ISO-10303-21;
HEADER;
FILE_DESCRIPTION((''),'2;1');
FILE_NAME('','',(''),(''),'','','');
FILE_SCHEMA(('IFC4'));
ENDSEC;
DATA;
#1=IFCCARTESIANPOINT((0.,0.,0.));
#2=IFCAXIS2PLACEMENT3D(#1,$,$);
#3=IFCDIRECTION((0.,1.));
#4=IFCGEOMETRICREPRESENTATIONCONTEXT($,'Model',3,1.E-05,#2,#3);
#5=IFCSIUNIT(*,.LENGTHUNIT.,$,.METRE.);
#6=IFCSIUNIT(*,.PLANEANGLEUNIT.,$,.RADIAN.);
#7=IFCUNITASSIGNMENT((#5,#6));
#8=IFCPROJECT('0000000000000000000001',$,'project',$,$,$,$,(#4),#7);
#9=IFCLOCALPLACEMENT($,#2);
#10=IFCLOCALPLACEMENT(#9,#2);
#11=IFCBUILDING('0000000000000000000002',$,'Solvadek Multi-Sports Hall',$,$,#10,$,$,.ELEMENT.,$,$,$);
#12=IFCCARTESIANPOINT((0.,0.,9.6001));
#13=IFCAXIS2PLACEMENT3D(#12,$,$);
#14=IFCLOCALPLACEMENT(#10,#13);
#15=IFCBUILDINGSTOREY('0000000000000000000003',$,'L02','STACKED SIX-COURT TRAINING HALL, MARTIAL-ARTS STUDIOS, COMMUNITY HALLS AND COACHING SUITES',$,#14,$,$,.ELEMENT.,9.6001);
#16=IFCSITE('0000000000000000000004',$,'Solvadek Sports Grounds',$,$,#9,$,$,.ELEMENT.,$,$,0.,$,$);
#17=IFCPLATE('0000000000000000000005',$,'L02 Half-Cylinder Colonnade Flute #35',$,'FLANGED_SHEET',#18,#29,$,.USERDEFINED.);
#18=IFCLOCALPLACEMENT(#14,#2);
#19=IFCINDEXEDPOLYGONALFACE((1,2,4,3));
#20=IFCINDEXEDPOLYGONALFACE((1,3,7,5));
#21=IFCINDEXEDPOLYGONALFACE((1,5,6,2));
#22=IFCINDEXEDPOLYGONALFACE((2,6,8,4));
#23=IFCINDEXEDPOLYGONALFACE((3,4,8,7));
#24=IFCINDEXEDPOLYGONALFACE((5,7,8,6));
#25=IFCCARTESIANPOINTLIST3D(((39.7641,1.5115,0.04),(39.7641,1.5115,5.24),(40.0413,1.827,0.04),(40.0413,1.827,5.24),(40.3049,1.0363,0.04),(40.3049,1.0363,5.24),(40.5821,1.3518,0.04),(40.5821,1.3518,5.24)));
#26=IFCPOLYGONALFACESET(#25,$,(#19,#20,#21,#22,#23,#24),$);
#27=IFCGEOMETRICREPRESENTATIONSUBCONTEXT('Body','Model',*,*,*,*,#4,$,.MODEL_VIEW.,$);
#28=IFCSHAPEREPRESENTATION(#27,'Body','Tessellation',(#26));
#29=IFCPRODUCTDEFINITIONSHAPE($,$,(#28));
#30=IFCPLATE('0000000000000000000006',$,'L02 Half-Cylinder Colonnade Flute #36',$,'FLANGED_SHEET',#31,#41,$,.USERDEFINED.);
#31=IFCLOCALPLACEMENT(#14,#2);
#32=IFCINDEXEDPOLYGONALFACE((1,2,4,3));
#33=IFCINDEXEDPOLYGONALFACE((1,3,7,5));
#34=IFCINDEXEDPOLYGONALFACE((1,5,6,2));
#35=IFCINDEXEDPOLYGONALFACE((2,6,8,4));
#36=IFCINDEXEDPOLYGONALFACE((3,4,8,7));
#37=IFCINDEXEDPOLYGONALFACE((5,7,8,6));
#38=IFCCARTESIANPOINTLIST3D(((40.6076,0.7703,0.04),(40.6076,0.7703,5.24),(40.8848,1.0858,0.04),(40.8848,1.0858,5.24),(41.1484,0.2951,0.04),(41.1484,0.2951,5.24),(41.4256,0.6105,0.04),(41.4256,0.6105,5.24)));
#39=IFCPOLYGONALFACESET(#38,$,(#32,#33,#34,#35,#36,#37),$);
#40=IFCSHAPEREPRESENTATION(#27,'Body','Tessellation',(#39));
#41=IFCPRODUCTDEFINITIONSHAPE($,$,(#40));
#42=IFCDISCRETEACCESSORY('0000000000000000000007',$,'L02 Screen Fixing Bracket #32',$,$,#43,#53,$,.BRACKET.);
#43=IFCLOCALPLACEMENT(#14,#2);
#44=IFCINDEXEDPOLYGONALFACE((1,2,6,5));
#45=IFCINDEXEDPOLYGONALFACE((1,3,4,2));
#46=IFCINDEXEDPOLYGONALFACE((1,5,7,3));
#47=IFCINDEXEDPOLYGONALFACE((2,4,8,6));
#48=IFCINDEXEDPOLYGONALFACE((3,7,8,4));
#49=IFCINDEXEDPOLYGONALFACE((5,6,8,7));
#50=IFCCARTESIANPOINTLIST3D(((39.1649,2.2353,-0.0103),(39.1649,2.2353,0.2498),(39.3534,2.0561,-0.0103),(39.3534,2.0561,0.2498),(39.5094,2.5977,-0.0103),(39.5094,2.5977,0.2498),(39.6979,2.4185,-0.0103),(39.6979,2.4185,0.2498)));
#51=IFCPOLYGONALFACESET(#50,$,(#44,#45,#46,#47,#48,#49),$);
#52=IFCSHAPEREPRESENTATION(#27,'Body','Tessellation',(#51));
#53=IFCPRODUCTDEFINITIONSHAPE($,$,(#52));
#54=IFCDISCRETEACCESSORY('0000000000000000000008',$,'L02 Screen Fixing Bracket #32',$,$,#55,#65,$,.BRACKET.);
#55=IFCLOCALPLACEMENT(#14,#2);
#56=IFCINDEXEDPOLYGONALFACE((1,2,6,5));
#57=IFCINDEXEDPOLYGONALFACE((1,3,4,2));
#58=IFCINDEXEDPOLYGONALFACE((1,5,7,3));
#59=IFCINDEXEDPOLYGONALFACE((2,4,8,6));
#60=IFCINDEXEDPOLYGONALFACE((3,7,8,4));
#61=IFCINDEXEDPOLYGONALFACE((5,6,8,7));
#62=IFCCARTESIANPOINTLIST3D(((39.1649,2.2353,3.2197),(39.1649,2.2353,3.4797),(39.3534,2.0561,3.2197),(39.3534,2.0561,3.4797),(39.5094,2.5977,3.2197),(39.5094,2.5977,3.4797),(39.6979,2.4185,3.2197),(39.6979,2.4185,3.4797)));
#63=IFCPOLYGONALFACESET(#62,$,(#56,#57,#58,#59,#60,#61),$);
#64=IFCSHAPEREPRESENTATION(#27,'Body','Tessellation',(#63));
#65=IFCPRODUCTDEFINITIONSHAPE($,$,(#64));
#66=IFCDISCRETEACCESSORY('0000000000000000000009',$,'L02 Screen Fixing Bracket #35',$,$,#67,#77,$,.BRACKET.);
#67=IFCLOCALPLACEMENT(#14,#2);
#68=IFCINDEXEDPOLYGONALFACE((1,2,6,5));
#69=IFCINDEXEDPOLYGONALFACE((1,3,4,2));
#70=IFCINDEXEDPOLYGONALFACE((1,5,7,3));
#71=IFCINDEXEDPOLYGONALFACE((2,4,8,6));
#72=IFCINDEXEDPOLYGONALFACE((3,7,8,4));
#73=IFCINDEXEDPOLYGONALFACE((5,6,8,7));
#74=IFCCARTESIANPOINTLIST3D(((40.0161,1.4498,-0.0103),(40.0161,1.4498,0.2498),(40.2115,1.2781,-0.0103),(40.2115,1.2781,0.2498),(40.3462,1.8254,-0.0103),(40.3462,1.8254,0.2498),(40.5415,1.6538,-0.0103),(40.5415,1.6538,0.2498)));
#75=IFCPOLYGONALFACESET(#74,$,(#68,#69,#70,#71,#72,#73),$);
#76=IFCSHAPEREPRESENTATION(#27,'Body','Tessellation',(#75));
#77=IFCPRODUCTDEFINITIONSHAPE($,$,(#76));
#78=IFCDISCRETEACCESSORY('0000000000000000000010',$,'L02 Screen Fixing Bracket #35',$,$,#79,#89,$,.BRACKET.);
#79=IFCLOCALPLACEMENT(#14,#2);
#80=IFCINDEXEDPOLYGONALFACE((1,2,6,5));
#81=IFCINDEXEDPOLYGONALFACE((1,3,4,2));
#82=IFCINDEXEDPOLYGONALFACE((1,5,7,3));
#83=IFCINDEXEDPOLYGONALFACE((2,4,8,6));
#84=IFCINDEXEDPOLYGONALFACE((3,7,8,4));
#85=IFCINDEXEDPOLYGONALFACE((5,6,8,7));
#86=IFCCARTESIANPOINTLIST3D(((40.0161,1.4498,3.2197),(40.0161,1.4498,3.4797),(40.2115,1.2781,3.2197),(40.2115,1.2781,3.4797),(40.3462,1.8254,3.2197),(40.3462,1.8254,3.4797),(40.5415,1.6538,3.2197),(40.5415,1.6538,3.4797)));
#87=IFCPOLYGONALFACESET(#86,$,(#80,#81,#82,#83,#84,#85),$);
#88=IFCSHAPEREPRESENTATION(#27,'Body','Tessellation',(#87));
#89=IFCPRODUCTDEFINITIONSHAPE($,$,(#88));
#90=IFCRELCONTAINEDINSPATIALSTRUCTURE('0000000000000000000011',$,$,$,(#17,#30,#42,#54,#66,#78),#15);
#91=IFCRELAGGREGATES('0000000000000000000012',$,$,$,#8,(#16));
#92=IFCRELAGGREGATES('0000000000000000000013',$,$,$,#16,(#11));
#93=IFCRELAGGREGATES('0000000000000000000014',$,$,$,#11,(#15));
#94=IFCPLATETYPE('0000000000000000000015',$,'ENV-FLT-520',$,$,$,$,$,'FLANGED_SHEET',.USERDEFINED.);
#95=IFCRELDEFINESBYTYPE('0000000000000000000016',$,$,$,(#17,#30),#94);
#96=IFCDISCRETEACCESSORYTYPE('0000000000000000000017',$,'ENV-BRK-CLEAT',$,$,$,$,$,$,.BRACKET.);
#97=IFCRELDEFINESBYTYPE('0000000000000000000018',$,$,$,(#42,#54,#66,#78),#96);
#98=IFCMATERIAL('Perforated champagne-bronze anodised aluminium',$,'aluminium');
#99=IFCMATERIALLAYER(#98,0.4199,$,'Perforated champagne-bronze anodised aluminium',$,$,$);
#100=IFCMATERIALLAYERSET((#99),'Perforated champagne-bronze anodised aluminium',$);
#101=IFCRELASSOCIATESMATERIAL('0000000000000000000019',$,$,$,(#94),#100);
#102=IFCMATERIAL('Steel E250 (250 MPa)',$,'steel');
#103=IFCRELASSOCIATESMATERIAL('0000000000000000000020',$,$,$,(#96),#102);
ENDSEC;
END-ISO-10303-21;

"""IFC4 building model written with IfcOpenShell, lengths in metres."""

from ifc_helpers import new_model, si_unit, direction, frame, origin, origin_2d, place, context, subcontext, project, spatial, rectangle, extrude, material, layer, layer_set, type_object, element, save


model = new_model("IFC4")

# Units and contexts
model_context = context("Model", 3, precision=1e-05, world=origin(), true_north=direction((0.0, 1.0)))
body_context = subcontext(model_context, "Body", "Model", "MODEL_VIEW")
ifc_project = project(units=[si_unit("LENGTHUNIT", "METRE"), si_unit("PLANEANGLEUNIT", "RADIAN")], contexts=[model_context])

# Site, building, storey
site_placement = place(None, origin())
site = spatial("IfcSite", under=ifc_project, at=site_placement, Name="Solvadek Sports Grounds", CompositionType="ELEMENT", RefElevation=0.0)
building_placement = place(site_placement, origin())
building = spatial("IfcBuilding", under=site, at=building_placement, Name="Solvadek Multi-Sports Hall", CompositionType="ELEMENT")
storey_placement = place(building_placement, frame((0.0, 0.0, 9.6001)))
storey = spatial("IfcBuildingStorey", under=building, at=storey_placement, Name="L02", Description="STACKED SIX-COURT TRAINING HALL, MARTIAL-ARTS STUDIOS, COMMUNITY HALLS AND COACHING SUITES", CompositionType="ELEMENT", Elevation=9.6001)

# Plates
ifc_material_1 = material(Name="Perforated champagne-bronze anodised aluminium", Category="aluminium")
ifc_layer_1 = layer(ifc_material_1, 0.4199, Name="Perforated champagne-bronze anodised aluminium")
ifc_layer_set_1 = layer_set([ifc_layer_1], Name="Perforated champagne-bronze anodised aluminium")
plate_type_1 = type_object("IfcPlateType", Name="ENV-FLT-520", ElementType="FLANGED_SHEET", PredefinedType="USERDEFINED", material=ifc_layer_set_1)
for number, where, z_axis, x_axis, name in (
    (1, (40.1731, 1.4316, 0.04), (0.0, 0.0, 1.0), (0.751215, -0.660057, 0.0), "L02 Half-Cylinder Colonnade Flute #35"),
    (2, (41.0166, 0.6904, 0.04), (0.0, 0.0, 1.0), (0.751215, -0.660057, 0.0), "L02 Half-Cylinder Colonnade Flute #36"),
):
    element("IfcPlate", number, at=place(storey_placement, frame(where, z_axis=z_axis, x_axis=x_axis)), inside=storey, type_object=plate_type_1, Name=name, ObjectType="FLANGED_SHEET", PredefinedType="USERDEFINED", context=body_context, shape_type="SweptSolid", body=[
        extrude(rectangle(XDim=0.72, YDim=0.4199, at=origin_2d()), origin(), (0.0, 0.0, 1.0), 5.2),
    ])

# Discrete accessories
ifc_material_2 = material(Name="Steel E250 (250 MPa)", Category="steel")
discrete_accessory_type = type_object("IfcDiscreteAccessoryType", Name="ENV-BRK-CLEAT", PredefinedType="BRACKET", material=ifc_material_2)
for number, where, z_axis, x_axis, name in (
    (3, (39.4314, 2.3269, -0.0103), (0.0, 0.0, 1.0), (0.724733, -0.689029, 0.0), "L02 Screen Fixing Bracket #32"),
    (4, (39.4314, 2.3269, 3.2197), (0.0, 0.0, 1.0), (0.724733, -0.689029, 0.0), "L02 Screen Fixing Bracket #32"),
    (5, (40.2788, 1.5518, -0.0103), (0.0, 0.0, 1.0), (0.751215, -0.660057, 0.0), "L02 Screen Fixing Bracket #35"),
    (6, (40.2788, 1.5518, 3.2197), (0.0, 0.0, 1.0), (0.751215, -0.660057, 0.0), "L02 Screen Fixing Bracket #35"),
):
    element("IfcDiscreteAccessory", number, at=place(storey_placement, frame(where, z_axis=z_axis, x_axis=x_axis)), inside=storey, type_object=discrete_accessory_type, Name=name, PredefinedType="BRACKET", context=body_context, shape_type="SweptSolid", body=[
        extrude(rectangle(XDim=0.26, YDim=0.5, at=origin_2d()), origin(), (0.0, 0.0, 1.0), 0.26),
    ])

save(model, "model.ifc")
